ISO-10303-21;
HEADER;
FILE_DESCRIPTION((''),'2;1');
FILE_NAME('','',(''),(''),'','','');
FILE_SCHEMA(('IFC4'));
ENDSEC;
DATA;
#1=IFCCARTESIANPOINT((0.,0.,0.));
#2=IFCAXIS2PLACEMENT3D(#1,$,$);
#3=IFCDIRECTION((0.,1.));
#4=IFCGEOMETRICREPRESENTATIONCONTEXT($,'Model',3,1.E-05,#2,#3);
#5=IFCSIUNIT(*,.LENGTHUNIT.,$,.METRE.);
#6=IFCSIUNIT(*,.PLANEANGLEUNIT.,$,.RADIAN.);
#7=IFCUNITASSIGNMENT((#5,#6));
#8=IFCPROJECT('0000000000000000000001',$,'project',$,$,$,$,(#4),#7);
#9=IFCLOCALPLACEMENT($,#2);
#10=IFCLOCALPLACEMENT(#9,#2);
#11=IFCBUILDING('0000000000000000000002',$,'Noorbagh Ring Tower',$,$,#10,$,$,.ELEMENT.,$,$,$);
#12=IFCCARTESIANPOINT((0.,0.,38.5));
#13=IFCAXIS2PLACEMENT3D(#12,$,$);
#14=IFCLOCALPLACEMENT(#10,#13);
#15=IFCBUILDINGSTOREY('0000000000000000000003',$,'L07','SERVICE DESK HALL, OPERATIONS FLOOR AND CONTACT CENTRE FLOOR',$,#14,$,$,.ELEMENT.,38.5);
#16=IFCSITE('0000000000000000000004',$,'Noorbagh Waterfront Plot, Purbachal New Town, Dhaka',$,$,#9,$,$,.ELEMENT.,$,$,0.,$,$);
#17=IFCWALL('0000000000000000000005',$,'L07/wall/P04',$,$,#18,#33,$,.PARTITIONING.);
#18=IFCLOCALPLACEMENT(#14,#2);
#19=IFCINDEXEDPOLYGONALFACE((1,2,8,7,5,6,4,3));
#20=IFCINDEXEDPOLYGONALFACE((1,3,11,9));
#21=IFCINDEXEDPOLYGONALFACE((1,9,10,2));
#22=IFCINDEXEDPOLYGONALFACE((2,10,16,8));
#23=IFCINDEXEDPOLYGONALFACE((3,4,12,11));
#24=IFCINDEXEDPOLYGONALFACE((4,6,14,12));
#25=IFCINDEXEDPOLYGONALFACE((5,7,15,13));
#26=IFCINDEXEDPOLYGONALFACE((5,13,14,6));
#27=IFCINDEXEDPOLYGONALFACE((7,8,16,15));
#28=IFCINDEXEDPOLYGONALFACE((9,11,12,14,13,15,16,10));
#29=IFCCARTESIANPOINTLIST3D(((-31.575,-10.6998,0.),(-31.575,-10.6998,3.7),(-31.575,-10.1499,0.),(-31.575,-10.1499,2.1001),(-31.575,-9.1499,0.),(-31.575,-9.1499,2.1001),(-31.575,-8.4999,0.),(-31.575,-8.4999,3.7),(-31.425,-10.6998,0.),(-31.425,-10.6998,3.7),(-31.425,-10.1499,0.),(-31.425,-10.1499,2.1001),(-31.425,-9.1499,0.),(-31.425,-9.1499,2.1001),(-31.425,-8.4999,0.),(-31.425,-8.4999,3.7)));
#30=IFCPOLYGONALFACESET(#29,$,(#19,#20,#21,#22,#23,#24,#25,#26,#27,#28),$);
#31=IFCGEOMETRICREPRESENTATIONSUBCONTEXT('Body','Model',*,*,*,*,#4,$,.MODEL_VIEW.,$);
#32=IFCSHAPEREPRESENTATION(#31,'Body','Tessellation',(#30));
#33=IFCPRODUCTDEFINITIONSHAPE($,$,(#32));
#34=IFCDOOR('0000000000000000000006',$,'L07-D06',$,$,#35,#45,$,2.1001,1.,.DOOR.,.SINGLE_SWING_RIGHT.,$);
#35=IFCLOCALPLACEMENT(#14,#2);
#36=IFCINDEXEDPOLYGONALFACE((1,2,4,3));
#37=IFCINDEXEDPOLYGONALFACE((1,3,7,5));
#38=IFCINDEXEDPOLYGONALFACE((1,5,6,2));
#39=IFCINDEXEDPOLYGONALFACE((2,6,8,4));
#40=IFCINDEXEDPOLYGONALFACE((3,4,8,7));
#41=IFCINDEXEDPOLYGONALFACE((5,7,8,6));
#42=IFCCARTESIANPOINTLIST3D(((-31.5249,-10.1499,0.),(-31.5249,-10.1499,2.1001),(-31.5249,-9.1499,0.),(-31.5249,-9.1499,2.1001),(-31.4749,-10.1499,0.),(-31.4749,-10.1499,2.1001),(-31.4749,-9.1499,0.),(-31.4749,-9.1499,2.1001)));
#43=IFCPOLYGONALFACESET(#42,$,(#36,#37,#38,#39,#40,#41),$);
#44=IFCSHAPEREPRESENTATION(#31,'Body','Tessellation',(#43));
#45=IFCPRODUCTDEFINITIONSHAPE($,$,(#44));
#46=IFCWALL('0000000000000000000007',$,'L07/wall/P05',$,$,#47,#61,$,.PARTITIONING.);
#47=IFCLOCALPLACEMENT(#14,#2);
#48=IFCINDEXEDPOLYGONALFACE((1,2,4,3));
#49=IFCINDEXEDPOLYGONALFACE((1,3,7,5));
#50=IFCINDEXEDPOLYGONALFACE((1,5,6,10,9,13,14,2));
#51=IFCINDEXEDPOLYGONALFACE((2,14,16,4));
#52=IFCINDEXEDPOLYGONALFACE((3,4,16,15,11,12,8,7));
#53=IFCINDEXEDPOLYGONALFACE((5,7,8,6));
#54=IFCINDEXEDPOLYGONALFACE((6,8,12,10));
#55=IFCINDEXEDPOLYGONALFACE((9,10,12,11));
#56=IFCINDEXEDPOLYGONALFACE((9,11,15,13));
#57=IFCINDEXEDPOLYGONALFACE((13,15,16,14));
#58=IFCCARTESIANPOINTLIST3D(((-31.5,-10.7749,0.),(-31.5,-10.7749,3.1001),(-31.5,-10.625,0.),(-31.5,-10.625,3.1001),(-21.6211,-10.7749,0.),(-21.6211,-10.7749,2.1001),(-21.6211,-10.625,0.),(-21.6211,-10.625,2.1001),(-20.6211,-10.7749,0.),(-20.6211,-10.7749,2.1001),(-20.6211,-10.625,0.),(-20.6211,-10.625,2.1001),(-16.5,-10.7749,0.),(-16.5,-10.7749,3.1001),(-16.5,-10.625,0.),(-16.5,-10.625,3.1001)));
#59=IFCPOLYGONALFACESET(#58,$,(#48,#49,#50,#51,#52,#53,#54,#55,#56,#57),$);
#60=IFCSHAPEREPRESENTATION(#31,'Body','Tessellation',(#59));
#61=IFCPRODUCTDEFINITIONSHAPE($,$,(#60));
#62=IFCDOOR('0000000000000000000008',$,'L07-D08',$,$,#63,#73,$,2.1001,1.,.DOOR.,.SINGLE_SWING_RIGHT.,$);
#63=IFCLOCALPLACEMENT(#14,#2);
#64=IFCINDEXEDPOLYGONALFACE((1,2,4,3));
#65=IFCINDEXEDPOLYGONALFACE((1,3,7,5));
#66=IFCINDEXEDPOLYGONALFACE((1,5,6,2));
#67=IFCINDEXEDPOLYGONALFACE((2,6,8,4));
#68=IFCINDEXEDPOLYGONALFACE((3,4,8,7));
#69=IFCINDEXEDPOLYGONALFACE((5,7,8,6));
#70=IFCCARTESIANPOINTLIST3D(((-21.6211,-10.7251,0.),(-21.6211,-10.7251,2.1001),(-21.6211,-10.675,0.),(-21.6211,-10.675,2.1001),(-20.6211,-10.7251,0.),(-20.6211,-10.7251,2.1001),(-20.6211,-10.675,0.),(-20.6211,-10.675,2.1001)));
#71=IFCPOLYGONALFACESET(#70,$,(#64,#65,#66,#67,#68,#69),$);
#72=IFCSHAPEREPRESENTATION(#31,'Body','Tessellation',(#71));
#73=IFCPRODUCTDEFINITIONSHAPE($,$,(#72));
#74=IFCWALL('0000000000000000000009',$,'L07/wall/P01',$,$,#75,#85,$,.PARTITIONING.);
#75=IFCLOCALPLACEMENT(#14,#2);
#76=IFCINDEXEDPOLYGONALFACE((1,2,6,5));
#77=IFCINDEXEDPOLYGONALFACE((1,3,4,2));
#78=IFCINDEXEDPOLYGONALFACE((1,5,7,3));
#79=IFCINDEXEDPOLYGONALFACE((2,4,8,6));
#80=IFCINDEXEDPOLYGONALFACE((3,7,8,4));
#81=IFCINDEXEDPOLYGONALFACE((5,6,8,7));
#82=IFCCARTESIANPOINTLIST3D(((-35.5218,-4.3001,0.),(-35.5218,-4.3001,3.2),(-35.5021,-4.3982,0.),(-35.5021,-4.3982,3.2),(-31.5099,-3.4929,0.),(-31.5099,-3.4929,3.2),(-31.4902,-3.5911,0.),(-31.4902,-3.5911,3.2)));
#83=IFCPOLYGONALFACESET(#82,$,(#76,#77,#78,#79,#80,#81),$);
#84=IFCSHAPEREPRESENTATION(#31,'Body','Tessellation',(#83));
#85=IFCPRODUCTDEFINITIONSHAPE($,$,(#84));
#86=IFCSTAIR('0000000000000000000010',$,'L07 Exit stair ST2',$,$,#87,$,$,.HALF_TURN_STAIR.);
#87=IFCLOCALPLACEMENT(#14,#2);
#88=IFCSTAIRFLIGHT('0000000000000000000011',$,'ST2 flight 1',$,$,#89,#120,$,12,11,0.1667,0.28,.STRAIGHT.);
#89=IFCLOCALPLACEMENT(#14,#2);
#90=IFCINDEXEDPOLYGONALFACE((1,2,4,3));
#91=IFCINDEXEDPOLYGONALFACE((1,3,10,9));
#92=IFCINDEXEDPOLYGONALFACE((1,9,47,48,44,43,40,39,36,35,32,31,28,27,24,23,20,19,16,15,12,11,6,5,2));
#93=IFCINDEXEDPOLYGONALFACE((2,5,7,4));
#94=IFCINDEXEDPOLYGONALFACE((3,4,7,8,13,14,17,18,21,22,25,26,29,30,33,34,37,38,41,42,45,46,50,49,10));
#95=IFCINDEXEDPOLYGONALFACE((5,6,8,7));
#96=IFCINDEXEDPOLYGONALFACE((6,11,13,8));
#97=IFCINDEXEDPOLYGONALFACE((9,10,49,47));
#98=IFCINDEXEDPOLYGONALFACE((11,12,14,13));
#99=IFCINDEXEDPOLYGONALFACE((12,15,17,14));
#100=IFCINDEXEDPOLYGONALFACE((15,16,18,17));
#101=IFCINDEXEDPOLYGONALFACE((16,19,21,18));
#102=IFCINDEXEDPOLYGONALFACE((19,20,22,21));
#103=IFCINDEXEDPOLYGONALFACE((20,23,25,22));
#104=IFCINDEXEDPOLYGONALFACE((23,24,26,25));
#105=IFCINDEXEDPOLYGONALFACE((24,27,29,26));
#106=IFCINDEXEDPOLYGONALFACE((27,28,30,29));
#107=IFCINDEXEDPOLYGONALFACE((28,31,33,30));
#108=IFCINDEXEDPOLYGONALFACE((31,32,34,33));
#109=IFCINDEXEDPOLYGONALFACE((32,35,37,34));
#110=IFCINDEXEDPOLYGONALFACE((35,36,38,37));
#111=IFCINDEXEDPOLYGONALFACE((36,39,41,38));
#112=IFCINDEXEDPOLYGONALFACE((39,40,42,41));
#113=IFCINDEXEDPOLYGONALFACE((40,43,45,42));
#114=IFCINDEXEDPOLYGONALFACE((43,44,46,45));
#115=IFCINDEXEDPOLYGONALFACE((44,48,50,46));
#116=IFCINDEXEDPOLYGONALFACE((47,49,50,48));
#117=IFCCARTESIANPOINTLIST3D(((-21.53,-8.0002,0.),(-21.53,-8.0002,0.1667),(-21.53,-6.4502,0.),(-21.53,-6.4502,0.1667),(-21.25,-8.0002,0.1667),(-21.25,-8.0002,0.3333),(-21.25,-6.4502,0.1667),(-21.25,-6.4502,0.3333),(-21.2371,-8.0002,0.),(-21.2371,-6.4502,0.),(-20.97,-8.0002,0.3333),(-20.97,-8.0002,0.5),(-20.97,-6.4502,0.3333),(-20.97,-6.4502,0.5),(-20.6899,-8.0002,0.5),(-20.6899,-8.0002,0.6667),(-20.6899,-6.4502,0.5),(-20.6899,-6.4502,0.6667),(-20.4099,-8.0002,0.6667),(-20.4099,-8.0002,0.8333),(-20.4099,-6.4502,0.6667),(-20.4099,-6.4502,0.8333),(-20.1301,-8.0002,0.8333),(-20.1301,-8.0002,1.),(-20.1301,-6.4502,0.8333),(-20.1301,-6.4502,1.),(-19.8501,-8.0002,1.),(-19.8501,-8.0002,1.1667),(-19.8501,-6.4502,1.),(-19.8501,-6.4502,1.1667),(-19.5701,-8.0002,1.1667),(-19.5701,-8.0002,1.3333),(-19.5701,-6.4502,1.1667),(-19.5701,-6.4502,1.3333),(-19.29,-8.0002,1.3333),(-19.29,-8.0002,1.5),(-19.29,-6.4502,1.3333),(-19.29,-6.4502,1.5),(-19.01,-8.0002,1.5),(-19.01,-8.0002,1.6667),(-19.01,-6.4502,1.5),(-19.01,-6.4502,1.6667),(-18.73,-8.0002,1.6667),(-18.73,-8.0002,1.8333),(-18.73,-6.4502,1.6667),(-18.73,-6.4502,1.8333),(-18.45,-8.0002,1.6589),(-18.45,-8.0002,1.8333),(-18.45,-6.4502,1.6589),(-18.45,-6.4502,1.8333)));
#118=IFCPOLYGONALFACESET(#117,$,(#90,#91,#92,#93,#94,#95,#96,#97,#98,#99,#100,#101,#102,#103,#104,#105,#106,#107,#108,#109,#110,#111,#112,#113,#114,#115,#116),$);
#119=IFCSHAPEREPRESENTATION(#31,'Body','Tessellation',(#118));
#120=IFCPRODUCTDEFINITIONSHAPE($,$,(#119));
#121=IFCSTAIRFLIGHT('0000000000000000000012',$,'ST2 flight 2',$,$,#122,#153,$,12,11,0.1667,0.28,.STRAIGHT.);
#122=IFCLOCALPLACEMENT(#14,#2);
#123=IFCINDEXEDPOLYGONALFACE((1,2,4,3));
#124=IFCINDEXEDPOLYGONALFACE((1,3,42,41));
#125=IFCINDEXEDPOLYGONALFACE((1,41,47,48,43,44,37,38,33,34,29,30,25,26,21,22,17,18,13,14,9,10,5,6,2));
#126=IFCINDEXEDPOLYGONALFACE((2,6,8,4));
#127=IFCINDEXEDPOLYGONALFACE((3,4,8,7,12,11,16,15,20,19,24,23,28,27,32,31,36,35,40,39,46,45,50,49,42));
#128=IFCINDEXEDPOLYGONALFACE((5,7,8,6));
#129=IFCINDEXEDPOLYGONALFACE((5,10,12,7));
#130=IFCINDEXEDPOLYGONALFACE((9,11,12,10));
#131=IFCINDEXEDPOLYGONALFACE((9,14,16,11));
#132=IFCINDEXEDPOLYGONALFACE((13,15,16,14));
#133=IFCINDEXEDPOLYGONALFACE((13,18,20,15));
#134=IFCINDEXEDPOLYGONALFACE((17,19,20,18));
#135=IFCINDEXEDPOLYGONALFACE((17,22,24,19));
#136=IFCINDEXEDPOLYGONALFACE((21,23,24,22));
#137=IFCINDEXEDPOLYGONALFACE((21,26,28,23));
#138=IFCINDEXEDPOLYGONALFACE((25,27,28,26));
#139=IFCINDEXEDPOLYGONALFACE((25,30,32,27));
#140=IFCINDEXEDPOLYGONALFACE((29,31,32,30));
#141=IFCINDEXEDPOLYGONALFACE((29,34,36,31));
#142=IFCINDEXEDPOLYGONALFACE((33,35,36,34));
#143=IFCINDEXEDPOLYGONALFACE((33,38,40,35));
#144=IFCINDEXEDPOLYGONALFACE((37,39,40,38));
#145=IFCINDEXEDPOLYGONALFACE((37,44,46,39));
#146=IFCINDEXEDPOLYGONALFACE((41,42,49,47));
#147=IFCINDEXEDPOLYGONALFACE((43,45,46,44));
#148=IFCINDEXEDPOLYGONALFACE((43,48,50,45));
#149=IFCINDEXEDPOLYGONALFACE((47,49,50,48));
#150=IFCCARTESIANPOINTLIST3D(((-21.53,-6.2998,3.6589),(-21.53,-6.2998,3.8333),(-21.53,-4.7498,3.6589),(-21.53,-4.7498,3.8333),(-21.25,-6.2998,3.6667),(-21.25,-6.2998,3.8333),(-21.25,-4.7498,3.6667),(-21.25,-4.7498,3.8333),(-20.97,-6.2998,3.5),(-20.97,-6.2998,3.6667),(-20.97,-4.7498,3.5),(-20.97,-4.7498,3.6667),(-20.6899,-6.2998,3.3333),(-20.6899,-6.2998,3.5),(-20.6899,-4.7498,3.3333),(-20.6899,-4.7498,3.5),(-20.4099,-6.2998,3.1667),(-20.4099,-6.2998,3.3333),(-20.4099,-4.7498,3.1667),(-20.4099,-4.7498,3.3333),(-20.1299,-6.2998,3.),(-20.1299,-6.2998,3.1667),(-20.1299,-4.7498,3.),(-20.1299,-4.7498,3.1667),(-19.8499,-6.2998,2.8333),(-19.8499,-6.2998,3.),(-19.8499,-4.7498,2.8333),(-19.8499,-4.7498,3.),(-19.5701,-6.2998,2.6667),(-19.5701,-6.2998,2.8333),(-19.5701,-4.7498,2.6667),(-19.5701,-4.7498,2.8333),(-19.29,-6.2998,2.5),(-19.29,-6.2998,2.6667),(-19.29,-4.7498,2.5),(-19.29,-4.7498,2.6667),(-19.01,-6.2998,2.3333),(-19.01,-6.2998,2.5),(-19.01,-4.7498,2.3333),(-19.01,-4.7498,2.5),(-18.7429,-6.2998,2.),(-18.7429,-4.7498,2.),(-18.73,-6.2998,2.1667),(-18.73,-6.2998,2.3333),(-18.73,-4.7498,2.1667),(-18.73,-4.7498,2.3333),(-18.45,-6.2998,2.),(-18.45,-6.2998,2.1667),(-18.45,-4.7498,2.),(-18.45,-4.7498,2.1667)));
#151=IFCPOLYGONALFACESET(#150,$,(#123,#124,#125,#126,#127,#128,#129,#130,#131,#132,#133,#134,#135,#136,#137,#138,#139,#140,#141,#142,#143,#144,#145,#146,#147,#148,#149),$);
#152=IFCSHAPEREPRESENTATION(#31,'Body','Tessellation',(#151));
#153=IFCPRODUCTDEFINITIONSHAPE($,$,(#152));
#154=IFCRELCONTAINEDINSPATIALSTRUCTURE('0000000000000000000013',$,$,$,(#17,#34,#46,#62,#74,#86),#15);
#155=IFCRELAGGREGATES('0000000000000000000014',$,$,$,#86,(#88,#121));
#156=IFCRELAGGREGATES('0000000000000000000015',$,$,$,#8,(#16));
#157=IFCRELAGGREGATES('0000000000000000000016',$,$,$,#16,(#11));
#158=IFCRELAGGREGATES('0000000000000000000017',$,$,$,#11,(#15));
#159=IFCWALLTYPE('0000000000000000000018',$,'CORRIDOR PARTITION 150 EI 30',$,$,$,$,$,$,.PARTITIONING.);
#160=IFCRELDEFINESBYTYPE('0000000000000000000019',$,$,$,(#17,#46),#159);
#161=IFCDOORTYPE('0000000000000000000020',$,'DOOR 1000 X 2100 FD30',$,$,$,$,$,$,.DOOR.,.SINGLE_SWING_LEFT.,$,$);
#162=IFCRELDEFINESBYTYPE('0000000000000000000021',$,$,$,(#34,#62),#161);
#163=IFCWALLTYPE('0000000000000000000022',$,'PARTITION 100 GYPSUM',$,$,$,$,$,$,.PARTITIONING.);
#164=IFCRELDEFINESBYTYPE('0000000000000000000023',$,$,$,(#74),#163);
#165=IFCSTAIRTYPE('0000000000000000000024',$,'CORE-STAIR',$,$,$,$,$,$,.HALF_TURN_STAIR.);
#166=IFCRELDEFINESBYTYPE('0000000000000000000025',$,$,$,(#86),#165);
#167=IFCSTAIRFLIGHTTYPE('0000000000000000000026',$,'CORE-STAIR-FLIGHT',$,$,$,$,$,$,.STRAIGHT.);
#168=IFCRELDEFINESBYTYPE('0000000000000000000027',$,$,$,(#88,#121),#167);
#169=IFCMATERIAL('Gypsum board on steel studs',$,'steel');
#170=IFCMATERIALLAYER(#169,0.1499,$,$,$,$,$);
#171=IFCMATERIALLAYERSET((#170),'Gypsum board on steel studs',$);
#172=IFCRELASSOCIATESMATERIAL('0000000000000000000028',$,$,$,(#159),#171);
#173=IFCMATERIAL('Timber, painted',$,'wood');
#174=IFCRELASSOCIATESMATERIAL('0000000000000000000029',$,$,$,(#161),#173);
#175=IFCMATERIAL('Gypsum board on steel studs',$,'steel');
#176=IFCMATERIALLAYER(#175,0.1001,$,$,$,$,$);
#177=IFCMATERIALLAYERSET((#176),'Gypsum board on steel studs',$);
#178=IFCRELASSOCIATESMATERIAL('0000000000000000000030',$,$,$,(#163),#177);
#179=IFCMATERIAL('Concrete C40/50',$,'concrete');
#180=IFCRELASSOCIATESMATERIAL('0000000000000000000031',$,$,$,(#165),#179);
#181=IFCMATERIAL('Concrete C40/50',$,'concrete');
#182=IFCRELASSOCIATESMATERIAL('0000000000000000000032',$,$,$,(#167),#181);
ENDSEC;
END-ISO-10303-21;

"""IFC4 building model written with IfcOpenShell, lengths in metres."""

from ifc_helpers import new_model, si_unit, direction, frame, frame_2d, origin, place, context, subcontext, project, spatial, polyline, rectangle, outline, extrude, material, layer, layer_set, type_object, element, fill, aggregate, save


model = new_model("IFC4")

# Units and contexts
model_context = context("Model", 3, precision=1e-05, world=origin(), true_north=direction((0.0, 1.0)))
body_context = subcontext(model_context, "Body", "Model", "MODEL_VIEW")
ifc_project = project(units=[si_unit("LENGTHUNIT", "METRE"), si_unit("PLANEANGLEUNIT", "RADIAN")], contexts=[model_context])

# Site, building, storey
site_placement = place(None, origin())
site = spatial("IfcSite", under=ifc_project, at=site_placement, Name="Noorbagh Waterfront Plot, Purbachal New Town, Dhaka", CompositionType="ELEMENT", RefElevation=0.0)
building_placement = place(site_placement, origin())
building = spatial("IfcBuilding", under=site, at=building_placement, Name="Noorbagh Ring Tower", CompositionType="ELEMENT")
storey_placement = place(building_placement, frame((0.0, 0.0, 38.5)))
storey = spatial("IfcBuildingStorey", under=building, at=storey_placement, Name="L07", Description="SERVICE DESK HALL, OPERATIONS FLOOR AND CONTACT CENTRE FLOOR", CompositionType="ELEMENT", Elevation=38.5)

# Walls, openings, doors
ifc_material_1 = material(Name="Gypsum board on steel studs", Category="steel")
ifc_layer_1 = layer(ifc_material_1, 0.1499)
ifc_layer_set_1 = layer_set([ifc_layer_1], Name="Gypsum board on steel studs")
wall_type_1 = type_object("IfcWallType", Name="CORRIDOR PARTITION 150 EI 30", PredefinedType="PARTITIONING", material=ifc_layer_set_1)
wall_1_placement = place(storey_placement, frame((-31.5, -10.7, 0.0), z_axis=(0.0, 0.0, 1.0), x_axis=(0.0, 1.0, 0.0)))
wall_1 = element("IfcWall", 1, at=wall_1_placement, inside=storey, type_object=wall_type_1, Name="L07/wall/P04", PredefinedType="PARTITIONING", context=body_context, shape_type="SweptSolid", body=[
    extrude(rectangle(XDim=2.2, YDim=0.1499, at=frame_2d((1.1001, 0.0))), origin(), (0.0, 0.0, 1.0), 3.7),
])
opening_1_placement = place(wall_1_placement, frame((0.55, 0.0, 0.0)))
opening_1 = element("IfcOpeningElement", 2, at=opening_1_placement, cuts=wall_1, PredefinedType="OPENING", context=body_context, shape_type="SweptSolid", body=[
    extrude(rectangle(XDim=1.0, YDim=2.1001, at=frame_2d((0.5, 1.05))), frame((0.0, 0.085, 0.0), z_axis=(0.0, -1.0, 0.0), x_axis=(1.0, 0.0, 0.0)), (0.0, 0.0, 1.0), 0.1699),
])
ifc_material_2 = material(Name="Timber, painted", Category="wood")
door_type_1 = type_object("IfcDoorType", Name="DOOR 1000 X 2100 FD30", OperationType="SINGLE_SWING_LEFT", PredefinedType="DOOR", material=ifc_material_2)
door_1_placement = place(opening_1_placement, origin())
door_1 = element("IfcDoor", 3, at=door_1_placement, inside=storey, type_object=door_type_1, Name="L07-D06", OperationType="SINGLE_SWING_RIGHT", OverallHeight=2.1001, OverallWidth=1.0, PredefinedType="DOOR", context=body_context, shape_type="SweptSolid", body=[
    extrude(rectangle(XDim=1.0, YDim=2.1001, at=frame_2d((0.5, 1.05))), frame((0.0, 0.0249, 0.0), z_axis=(0.0, -1.0, 0.0), x_axis=(1.0, 0.0, 0.0)), (0.0, 0.0, 1.0), 0.05),
])
fill(opening_1, door_1)
wall_2_placement = place(storey_placement, frame((-31.5, -10.7, 0.0), z_axis=(0.0, 0.0, 1.0), x_axis=(1.0, 0.0, 0.0)))
wall_2 = element("IfcWall", 4, at=wall_2_placement, inside=storey, type_object=wall_type_1, Name="L07/wall/P05", PredefinedType="PARTITIONING", context=body_context, shape_type="SweptSolid", body=[
    extrude(rectangle(XDim=15.0, YDim=0.1499, at=frame_2d((7.5, 0.0))), origin(), (0.0, 0.0, 1.0), 3.1001),
])
opening_2_placement = place(wall_2_placement, frame((9.8789, 0.0, 0.0)))
opening_2 = element("IfcOpeningElement", 5, at=opening_2_placement, cuts=wall_2, PredefinedType="OPENING", context=body_context, shape_type="SweptSolid", body=[
    extrude(rectangle(XDim=1.0, YDim=2.1001, at=frame_2d((0.5, 1.05))), frame((0.0, 0.085, 0.0), z_axis=(0.0, -1.0, 0.0), x_axis=(1.0, 0.0, 0.0)), (0.0, 0.0, 1.0), 0.1699),
])
door_2_placement = place(opening_2_placement, origin())
door_2 = element("IfcDoor", 6, at=door_2_placement, inside=storey, type_object=door_type_1, Name="L07-D08", OperationType="SINGLE_SWING_RIGHT", OverallHeight=2.1001, OverallWidth=1.0, PredefinedType="DOOR", context=body_context, shape_type="SweptSolid", body=[
    extrude(rectangle(XDim=1.0, YDim=2.1001, at=frame_2d((0.5, 1.05))), frame((0.0, 0.0249, 0.0), z_axis=(0.0, -1.0, 0.0), x_axis=(1.0, 0.0, 0.0)), (0.0, 0.0, 1.0), 0.05),
])
fill(opening_2, door_2)

# Wall
ifc_material_3 = material(Name="Gypsum board on steel studs", Category="steel")
ifc_layer_2 = layer(ifc_material_3, 0.1001)
ifc_layer_set_2 = layer_set([ifc_layer_2], Name="Gypsum board on steel studs")
wall_type_2 = type_object("IfcWallType", Name="PARTITION 100 GYPSUM", PredefinedType="PARTITIONING", material=ifc_layer_set_2)
wall_3_placement = place(storey_placement, frame((-35.512, -4.3491, 0.0), z_axis=(0.0, 0.0, 1.0), x_axis=(0.980357, 0.197229, 0.0)))
element("IfcWall", 7, at=wall_3_placement, inside=storey, type_object=wall_type_2, Name="L07/wall/P01", PredefinedType="PARTITIONING", context=body_context, shape_type="SweptSolid", body=[
    extrude(rectangle(XDim=4.0923, YDim=0.1001, at=frame_2d((2.0461, 0.0))), origin(), (0.0, 0.0, 1.0), 3.2),
])

# Stair, stair flights
ifc_material_4 = material(Name="Concrete C40/50", Category="concrete")
stair_type = type_object("IfcStairType", Name="CORE-STAIR", PredefinedType="HALF_TURN_STAIR", material=ifc_material_4)
stair_placement = place(storey_placement, origin())
stair = element("IfcStair", 8, at=stair_placement, inside=storey, type_object=stair_type, Name="L07 Exit stair ST2", PredefinedType="HALF_TURN_STAIR")
ifc_material_5 = material(Name="Concrete C40/50", Category="concrete")
stair_flight_type = type_object("IfcStairFlightType", Name="CORE-STAIR-FLIGHT", PredefinedType="STRAIGHT", material=ifc_material_5)
stair_flight_1_placement = place(storey_placement, frame((-21.53, -7.2251, 0.0), z_axis=(0.0, 0.0, 1.0), x_axis=(1.0, 0.0, 0.0)))
stair_flight_1 = element("IfcStairFlight", 9, at=stair_flight_1_placement, type_object=stair_flight_type, Name="ST2 flight 1", NumberOfRisers=12, NumberOfTreads=11, PredefinedType="STRAIGHT", RiserHeight=0.1667, TreadLength=0.28, context=body_context, shape_type="SweptSolid", body=[
    extrude(outline(polyline([(0.0, 0.0), (0.0, 0.1667), (0.28, 0.1667), (0.28, 0.3333), (0.5601, 0.3333), (0.5601, 0.5), (0.8401, 0.5), (0.8401, 0.6667), (1.1201, 0.6667), (1.1201, 0.8333), (1.3999, 0.8333), (1.3999, 1.0), (1.6799, 1.0), (1.6799, 1.1667), (1.96, 1.1667), (1.96, 1.3333), (2.24, 1.3333), (2.24, 1.5), (2.52, 1.5), (2.52, 1.6667), (2.8, 1.6667), (2.8, 1.8333), (3.0801, 1.8333), (3.0801, 2.0), (3.0801, 1.6589), (0.293, 0.0), (0.0, 0.0)])), frame((0.0, 0.7749, 0.0), z_axis=(0.0, -1.0, 0.0), x_axis=(1.0, 0.0, 0.0)), (0.0, 0.0, 1.0), 1.55),
])
stair_flight_2_placement = place(storey_placement, frame((-18.45, -5.5249, 2.0), z_axis=(0.0, 0.0, 1.0), x_axis=(-1.0, 0.0, 0.0)))
stair_flight_2 = element("IfcStairFlight", 10, at=stair_flight_2_placement, type_object=stair_flight_type, Name="ST2 flight 2", NumberOfRisers=12, NumberOfTreads=11, PredefinedType="STRAIGHT", RiserHeight=0.1667, TreadLength=0.28, context=body_context, shape_type="SweptSolid", body=[
    extrude(outline(polyline([(0.0, 0.0), (0.0, 0.1667), (0.28, 0.1667), (0.28, 0.3333), (0.5601, 0.3333), (0.5601, 0.5), (0.8401, 0.5), (0.8401, 0.6667), (1.1201, 0.6667), (1.1201, 0.8333), (1.3999, 0.8333), (1.3999, 1.0), (1.6799, 1.0), (1.6799, 1.1667), (1.96, 1.1667), (1.96, 1.3333), (2.24, 1.3333), (2.24, 1.5), (2.52, 1.5), (2.52, 1.6667), (2.8, 1.6667), (2.8, 1.8333), (3.0801, 1.8333), (3.0801, 2.0), (3.0801, 1.6589), (0.293, 0.0), (0.0, 0.0)])), frame((0.0, 0.7749, 0.0), z_axis=(0.0, -1.0, 0.0), x_axis=(1.0, 0.0, 0.0)), (0.0, 0.0, 1.0), 1.55),
])
aggregate(stair, [stair_flight_1, stair_flight_2])

save(model, "model.ifc")
